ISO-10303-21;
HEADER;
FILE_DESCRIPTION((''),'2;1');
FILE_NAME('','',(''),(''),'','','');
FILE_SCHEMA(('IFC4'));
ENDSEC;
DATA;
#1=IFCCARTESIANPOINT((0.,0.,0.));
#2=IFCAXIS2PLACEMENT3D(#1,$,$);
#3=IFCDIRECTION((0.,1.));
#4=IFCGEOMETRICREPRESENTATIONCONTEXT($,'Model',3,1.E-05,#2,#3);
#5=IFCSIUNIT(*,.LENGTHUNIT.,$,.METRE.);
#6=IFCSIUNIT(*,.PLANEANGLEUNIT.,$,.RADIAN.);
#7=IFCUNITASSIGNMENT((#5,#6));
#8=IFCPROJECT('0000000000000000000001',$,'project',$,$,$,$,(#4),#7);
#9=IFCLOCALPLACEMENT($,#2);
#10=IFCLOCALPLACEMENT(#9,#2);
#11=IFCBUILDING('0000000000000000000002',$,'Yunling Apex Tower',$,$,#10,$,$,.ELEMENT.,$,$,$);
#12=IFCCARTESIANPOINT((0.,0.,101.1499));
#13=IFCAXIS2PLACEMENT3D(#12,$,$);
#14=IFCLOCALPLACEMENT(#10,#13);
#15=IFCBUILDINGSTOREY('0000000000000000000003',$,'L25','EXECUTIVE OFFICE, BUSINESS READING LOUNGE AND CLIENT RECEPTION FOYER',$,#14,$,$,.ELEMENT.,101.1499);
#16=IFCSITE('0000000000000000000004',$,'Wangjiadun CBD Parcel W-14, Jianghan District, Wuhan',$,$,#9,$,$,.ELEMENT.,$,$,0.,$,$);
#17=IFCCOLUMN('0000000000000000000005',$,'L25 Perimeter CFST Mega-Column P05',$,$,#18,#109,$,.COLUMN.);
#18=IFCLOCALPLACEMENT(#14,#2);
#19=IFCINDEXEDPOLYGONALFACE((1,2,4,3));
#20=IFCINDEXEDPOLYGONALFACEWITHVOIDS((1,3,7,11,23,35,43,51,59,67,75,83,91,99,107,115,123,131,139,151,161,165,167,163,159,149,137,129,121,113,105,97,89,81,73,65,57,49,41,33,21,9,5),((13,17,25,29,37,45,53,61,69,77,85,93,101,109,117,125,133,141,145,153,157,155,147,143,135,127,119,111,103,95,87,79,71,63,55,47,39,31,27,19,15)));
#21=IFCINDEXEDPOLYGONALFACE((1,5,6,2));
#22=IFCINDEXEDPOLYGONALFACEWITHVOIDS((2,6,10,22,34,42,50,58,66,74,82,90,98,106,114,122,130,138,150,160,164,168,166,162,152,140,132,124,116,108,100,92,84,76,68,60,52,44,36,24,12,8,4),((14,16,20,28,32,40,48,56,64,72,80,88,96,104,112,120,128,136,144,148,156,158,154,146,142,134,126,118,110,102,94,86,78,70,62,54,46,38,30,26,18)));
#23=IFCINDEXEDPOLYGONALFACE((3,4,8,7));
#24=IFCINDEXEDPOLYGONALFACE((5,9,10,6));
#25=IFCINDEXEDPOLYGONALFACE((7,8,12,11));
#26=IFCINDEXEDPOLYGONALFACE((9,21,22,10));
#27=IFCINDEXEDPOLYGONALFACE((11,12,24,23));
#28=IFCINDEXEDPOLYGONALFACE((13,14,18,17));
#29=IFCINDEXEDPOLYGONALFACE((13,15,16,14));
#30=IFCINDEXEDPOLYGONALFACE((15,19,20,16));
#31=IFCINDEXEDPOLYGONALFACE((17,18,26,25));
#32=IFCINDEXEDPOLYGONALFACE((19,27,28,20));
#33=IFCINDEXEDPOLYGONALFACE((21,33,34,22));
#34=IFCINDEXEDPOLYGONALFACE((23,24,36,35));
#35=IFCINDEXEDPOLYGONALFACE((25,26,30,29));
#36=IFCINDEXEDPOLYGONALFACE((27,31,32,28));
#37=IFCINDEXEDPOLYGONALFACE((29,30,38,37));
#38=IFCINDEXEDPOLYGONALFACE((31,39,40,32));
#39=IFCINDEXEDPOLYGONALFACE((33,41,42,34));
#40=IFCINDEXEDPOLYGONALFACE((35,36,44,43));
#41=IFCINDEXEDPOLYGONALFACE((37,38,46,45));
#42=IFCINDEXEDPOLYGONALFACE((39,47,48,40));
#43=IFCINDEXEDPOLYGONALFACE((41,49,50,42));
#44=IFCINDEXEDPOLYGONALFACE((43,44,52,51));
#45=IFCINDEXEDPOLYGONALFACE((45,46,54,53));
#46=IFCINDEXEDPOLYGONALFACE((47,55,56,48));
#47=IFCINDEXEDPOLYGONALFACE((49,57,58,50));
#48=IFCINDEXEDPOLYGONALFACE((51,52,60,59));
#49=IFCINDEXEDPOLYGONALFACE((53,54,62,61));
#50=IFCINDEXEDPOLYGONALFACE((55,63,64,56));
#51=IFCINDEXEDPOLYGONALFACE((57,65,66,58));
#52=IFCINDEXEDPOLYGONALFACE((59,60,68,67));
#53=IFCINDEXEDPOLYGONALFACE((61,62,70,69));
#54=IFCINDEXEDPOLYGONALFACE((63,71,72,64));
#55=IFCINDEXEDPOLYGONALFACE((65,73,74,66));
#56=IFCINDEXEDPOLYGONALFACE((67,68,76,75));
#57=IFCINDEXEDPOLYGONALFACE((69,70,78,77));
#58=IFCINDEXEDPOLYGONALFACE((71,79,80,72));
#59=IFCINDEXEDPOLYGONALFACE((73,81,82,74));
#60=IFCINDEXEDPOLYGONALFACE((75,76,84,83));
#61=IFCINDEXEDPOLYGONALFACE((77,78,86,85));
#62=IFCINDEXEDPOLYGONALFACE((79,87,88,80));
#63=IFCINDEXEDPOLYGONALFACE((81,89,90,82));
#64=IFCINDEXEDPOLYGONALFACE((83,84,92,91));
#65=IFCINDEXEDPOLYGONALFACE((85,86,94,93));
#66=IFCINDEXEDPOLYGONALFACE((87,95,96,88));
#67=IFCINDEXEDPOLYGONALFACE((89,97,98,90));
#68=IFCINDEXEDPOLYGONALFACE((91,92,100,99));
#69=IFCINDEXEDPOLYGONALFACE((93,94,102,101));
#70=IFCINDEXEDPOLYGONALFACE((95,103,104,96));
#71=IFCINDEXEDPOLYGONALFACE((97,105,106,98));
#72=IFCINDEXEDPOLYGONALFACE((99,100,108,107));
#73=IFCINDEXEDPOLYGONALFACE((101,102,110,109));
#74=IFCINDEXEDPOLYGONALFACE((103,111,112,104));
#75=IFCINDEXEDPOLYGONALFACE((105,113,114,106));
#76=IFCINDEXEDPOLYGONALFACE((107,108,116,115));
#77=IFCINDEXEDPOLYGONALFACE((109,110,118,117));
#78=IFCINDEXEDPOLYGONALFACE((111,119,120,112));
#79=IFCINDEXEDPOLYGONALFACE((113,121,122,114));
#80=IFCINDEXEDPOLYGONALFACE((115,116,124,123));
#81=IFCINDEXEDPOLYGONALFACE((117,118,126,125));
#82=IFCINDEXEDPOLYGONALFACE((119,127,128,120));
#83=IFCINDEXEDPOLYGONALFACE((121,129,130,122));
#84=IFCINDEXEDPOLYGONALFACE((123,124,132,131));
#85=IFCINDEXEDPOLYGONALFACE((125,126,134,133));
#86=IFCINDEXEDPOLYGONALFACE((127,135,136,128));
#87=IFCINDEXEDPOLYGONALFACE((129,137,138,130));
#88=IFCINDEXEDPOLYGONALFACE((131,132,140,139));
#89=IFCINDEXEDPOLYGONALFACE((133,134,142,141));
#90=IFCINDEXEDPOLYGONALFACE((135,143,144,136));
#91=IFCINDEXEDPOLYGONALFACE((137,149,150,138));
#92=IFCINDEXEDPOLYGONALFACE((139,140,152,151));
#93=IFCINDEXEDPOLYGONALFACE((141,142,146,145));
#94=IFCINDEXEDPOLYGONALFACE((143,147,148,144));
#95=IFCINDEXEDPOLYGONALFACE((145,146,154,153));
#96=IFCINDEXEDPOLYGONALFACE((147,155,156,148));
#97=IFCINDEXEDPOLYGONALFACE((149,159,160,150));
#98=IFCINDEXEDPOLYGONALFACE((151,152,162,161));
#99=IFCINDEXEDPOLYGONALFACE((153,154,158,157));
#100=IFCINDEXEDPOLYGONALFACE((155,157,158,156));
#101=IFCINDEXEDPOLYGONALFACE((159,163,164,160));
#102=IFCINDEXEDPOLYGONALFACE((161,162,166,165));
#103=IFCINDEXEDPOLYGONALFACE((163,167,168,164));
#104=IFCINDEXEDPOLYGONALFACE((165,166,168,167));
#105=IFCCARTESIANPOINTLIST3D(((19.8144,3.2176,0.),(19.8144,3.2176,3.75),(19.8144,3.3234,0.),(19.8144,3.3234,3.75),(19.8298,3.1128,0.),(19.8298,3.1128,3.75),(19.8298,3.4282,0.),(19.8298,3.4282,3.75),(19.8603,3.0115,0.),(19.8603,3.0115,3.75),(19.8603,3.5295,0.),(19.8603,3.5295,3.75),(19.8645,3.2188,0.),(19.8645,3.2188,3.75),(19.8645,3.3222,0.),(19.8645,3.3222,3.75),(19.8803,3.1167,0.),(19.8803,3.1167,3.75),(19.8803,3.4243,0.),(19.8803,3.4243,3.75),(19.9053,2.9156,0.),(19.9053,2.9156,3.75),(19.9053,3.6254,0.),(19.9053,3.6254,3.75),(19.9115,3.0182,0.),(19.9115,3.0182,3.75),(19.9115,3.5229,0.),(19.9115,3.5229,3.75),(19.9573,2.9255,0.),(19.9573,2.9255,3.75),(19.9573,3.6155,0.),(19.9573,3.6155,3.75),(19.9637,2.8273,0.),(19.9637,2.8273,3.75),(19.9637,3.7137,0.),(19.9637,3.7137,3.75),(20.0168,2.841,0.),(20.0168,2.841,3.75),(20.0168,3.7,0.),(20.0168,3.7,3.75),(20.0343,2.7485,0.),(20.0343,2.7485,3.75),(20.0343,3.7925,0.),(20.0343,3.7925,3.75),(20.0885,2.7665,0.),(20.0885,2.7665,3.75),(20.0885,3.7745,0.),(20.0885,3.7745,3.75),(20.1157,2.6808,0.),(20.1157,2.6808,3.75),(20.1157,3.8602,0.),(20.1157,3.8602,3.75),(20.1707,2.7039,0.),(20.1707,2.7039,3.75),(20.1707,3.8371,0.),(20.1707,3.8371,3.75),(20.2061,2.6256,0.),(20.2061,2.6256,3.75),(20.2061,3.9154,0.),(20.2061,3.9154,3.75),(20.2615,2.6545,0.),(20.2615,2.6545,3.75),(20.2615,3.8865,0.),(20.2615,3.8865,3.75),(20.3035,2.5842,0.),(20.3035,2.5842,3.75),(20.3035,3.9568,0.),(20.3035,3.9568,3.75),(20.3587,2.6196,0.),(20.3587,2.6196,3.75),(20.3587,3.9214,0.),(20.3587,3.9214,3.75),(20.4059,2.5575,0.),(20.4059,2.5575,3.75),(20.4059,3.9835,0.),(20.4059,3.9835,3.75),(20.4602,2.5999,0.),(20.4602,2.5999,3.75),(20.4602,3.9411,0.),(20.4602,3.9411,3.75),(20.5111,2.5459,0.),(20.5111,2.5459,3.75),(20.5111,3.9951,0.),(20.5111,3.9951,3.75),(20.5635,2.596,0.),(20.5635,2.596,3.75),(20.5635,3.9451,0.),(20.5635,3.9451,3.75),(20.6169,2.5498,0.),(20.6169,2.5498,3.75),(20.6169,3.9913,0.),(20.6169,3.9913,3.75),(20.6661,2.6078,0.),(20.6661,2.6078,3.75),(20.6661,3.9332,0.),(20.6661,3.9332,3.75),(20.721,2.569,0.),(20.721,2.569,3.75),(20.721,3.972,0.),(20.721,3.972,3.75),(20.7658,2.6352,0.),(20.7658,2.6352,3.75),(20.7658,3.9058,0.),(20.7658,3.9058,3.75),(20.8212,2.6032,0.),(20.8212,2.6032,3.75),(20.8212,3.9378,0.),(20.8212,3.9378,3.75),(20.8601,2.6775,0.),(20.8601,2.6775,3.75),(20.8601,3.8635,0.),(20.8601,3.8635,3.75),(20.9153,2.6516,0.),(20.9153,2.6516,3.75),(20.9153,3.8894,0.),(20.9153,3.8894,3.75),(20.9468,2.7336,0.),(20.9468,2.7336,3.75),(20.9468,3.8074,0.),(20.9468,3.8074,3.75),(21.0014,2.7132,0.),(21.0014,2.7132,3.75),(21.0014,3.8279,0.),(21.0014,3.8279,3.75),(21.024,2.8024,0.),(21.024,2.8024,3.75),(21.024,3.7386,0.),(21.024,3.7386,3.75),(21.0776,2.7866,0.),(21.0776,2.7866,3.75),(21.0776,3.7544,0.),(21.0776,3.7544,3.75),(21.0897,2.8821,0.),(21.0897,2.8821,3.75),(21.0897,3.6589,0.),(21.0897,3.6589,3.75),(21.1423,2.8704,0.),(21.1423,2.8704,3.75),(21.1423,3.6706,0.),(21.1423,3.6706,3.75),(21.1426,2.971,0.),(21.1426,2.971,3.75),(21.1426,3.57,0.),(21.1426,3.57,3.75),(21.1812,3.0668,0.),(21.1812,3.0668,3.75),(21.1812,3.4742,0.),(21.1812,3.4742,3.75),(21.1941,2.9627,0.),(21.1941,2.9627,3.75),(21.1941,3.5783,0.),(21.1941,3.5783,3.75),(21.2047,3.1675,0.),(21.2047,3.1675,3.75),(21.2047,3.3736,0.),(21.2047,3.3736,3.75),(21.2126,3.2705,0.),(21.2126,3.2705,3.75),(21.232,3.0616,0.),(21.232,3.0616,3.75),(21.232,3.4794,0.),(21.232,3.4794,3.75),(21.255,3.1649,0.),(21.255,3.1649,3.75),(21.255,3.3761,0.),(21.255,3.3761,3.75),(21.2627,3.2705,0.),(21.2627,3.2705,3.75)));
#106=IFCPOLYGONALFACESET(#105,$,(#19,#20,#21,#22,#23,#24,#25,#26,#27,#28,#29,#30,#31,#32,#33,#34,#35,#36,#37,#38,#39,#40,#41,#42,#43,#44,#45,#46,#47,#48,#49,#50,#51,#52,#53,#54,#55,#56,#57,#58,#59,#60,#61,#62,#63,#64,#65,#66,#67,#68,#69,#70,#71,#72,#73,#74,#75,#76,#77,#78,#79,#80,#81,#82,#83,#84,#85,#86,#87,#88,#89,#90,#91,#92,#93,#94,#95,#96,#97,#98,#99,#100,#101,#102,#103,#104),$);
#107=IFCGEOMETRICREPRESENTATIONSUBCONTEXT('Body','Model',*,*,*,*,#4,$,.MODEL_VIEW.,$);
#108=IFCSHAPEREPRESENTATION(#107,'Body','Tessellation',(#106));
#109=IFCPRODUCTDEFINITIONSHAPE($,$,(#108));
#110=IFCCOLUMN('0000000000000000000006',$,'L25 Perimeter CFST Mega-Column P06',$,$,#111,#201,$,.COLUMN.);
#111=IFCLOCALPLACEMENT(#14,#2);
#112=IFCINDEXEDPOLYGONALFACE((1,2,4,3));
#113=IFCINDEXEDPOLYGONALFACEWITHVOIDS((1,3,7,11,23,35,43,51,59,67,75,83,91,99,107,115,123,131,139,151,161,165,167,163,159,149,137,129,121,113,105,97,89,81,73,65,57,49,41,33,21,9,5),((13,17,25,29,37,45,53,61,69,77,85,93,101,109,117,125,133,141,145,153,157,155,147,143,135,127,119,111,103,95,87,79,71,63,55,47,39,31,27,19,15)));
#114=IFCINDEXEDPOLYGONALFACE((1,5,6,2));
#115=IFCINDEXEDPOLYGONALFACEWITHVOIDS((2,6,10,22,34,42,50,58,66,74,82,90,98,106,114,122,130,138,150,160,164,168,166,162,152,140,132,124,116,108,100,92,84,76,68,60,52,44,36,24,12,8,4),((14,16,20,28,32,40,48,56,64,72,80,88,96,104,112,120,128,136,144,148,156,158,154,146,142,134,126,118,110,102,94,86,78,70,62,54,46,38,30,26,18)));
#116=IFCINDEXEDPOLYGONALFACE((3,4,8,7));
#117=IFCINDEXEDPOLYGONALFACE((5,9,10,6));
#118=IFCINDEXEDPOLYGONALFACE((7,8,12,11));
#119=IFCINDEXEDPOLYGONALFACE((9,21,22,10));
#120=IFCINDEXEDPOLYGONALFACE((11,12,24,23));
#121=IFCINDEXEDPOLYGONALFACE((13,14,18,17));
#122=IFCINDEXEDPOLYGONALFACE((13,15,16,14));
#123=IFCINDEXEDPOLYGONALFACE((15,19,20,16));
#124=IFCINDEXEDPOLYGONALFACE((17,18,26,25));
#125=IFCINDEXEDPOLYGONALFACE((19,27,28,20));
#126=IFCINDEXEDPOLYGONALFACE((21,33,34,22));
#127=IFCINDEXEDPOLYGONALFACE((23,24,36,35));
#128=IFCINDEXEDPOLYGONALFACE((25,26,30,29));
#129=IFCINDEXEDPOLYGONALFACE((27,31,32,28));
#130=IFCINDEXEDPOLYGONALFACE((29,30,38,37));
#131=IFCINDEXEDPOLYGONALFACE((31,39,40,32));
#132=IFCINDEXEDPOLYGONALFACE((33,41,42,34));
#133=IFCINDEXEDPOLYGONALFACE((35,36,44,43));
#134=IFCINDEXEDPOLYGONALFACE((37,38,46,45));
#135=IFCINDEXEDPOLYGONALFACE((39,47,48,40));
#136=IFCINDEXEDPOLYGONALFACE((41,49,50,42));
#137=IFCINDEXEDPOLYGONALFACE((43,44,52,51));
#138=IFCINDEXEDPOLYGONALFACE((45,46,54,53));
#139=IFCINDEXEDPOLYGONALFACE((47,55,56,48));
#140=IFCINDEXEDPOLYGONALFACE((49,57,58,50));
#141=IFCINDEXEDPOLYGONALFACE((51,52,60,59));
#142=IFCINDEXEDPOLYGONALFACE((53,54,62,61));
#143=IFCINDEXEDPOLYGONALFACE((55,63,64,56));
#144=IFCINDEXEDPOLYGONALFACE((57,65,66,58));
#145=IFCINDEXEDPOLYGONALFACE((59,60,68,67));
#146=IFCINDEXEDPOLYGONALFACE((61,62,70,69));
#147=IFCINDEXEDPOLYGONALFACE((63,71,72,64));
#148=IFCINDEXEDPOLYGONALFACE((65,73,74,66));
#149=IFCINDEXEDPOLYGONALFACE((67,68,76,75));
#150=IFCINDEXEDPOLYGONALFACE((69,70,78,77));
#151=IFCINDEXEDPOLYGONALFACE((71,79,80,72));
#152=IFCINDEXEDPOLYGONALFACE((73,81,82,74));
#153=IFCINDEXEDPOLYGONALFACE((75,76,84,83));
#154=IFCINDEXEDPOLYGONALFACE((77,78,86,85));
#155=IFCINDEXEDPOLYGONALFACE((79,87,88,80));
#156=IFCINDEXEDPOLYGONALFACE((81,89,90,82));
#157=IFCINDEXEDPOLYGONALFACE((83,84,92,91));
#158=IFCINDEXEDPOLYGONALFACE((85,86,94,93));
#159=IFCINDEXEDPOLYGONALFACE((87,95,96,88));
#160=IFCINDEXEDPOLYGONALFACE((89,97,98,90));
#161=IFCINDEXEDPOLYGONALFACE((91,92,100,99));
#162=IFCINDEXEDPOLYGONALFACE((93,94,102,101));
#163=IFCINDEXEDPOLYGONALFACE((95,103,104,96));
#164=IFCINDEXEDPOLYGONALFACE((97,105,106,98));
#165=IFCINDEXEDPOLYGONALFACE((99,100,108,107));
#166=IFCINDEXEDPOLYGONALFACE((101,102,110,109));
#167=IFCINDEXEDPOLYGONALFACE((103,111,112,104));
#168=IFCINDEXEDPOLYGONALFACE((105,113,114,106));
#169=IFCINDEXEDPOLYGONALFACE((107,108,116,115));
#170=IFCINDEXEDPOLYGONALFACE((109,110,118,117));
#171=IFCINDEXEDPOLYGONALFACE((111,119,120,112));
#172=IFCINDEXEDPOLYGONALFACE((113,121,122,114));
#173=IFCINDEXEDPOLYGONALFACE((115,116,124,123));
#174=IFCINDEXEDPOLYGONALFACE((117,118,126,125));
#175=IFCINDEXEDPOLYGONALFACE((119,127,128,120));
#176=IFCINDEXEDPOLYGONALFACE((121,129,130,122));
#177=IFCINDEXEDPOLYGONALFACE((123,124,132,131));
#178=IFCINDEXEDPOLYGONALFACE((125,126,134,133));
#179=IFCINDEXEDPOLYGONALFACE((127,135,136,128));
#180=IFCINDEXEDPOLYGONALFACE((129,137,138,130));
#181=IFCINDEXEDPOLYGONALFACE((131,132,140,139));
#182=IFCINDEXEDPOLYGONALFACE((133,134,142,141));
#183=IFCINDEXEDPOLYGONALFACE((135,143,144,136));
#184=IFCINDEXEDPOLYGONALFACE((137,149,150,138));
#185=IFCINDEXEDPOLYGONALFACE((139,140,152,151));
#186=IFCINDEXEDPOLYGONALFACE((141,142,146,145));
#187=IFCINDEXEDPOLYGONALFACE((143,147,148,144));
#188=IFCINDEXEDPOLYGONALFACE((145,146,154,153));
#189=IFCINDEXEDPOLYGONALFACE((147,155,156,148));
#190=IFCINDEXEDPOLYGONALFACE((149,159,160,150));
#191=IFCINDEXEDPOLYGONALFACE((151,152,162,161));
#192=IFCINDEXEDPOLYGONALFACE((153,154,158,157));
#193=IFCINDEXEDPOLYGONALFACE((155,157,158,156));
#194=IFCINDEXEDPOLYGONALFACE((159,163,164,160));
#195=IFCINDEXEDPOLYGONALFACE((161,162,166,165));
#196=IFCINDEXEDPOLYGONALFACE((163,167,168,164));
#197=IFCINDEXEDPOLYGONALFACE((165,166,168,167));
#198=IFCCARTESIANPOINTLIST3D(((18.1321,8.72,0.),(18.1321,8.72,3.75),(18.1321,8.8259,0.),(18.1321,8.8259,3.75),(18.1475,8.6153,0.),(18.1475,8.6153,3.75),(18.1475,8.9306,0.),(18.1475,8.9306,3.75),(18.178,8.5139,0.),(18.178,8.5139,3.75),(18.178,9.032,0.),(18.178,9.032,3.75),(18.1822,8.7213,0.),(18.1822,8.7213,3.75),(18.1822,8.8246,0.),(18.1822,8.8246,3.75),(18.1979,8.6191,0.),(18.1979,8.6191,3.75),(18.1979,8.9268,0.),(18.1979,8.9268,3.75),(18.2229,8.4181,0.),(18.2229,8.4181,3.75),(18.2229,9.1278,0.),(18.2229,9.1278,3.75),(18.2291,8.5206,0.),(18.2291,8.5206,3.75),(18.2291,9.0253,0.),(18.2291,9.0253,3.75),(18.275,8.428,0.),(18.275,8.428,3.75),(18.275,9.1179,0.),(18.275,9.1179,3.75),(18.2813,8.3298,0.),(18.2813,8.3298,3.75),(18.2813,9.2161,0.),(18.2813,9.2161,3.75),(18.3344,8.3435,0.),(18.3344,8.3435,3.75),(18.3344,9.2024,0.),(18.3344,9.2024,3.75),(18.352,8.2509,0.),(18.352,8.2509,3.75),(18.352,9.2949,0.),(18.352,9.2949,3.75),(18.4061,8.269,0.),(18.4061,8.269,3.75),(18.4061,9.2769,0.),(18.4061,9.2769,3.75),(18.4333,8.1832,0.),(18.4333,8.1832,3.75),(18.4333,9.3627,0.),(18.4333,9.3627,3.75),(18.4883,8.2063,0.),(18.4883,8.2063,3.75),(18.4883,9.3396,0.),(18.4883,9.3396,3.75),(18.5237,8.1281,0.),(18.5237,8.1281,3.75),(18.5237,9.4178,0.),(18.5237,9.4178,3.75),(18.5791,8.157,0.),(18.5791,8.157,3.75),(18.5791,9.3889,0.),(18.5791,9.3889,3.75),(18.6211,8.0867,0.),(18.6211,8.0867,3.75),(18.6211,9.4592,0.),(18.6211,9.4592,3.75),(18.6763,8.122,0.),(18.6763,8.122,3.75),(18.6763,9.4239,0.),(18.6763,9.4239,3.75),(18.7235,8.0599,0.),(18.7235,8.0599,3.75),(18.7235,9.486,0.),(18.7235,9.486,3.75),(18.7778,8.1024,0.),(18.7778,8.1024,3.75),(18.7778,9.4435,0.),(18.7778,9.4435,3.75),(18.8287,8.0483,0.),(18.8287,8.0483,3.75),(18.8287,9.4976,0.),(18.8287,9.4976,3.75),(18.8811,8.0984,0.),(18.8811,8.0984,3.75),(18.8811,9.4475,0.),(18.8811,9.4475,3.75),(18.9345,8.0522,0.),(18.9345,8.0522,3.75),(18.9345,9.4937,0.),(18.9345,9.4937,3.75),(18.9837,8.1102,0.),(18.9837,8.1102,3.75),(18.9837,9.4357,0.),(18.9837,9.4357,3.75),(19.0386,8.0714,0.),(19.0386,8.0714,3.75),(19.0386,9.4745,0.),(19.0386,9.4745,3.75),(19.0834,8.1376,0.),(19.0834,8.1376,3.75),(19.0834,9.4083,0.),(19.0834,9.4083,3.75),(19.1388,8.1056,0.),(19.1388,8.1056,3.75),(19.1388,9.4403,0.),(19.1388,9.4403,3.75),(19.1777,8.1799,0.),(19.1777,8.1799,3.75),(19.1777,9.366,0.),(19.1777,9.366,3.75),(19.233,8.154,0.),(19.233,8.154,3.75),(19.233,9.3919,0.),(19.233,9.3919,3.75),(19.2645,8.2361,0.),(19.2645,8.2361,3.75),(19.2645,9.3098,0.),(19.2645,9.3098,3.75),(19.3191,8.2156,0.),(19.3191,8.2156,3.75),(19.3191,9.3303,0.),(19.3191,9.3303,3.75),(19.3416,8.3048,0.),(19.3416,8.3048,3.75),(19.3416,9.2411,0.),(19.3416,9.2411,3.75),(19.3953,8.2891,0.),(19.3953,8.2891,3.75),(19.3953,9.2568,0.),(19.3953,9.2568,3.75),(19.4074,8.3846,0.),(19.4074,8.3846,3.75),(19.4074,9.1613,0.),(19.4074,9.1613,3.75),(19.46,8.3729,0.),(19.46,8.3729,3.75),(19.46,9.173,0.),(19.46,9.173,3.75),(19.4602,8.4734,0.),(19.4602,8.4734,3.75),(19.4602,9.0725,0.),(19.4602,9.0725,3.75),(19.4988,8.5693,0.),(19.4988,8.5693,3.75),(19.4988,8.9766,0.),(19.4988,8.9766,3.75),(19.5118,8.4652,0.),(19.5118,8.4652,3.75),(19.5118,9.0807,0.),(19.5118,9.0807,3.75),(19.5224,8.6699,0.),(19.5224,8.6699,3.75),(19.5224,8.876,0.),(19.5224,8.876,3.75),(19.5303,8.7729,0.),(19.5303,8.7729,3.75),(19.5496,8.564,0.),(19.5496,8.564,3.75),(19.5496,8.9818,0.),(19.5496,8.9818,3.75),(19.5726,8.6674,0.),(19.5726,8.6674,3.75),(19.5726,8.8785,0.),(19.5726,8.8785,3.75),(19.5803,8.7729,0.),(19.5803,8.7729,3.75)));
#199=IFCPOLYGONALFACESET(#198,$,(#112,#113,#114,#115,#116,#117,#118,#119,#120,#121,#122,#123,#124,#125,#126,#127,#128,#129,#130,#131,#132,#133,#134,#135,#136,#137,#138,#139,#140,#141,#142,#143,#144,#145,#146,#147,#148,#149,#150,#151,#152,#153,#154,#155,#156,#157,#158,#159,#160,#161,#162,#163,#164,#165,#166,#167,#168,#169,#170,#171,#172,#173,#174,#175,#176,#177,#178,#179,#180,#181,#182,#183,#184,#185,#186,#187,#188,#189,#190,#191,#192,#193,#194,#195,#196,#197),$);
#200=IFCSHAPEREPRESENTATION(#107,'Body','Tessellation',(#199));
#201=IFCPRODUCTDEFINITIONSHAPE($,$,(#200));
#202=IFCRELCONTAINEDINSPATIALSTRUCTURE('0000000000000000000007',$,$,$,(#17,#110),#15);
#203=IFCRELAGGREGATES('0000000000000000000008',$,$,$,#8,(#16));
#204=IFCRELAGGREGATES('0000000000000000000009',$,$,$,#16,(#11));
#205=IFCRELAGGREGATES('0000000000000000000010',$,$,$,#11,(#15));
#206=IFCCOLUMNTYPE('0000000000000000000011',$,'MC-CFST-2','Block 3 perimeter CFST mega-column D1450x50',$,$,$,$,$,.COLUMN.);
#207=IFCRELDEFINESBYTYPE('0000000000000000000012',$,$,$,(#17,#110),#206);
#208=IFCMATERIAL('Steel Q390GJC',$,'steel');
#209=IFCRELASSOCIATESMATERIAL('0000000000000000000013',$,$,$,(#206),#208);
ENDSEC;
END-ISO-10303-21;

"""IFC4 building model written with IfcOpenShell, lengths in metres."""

from ifc_helpers import new_model, si_unit, direction, frame, origin, origin_2d, place, context, subcontext, project, spatial, hollow_circle, extrude, source, transform, mapped, material, material_profile, profile_set, type_object, element, save


model = new_model("IFC4")

# Units and contexts
model_context = context("Model", 3, precision=1e-05, world=origin(), true_north=direction((0.0, 1.0)))
body_context = subcontext(model_context, "Body", "Model", "MODEL_VIEW")
ifc_project = project(units=[si_unit("LENGTHUNIT", "METRE"), si_unit("PLANEANGLEUNIT", "RADIAN")], contexts=[model_context])

# Site, building, storey
site_placement = place(None, origin())
site = spatial("IfcSite", under=ifc_project, at=site_placement, Name="Wangjiadun CBD Parcel W-14, Jianghan District, Wuhan", CompositionType="ELEMENT", RefElevation=0.0)
building_placement = place(site_placement, origin())
building = spatial("IfcBuilding", under=site, at=building_placement, Name="Yunling Apex Tower", CompositionType="ELEMENT")
storey_placement = place(building_placement, frame((0.0, 0.0, 101.1499)))
storey = spatial("IfcBuildingStorey", under=building, at=storey_placement, Name="L25", Description="EXECUTIVE OFFICE, BUSINESS READING LOUNGE AND CLIENT RECEPTION FOYER", CompositionType="ELEMENT", Elevation=101.1499)

# Columns
ifc_material_1 = material(Name="Steel Q390GJC", Category="steel")
ifc_material_profile_1 = material_profile(ifc_material_1, hollow_circle(Radius=0.7251, WallThickness=0.05, at=origin_2d()))
ifc_profile_set_1 = profile_set([ifc_material_profile_1], Name="Steel Q390GJC")
column_type = type_object("IfcColumnType", Name="MC-CFST-2", Description="Block 3 perimeter CFST mega-column D1450x50", PredefinedType="COLUMN", material=ifc_profile_set_1)
shared_shape_1 = source(origin(), body_context, "Body", "SweptSolid", [
    extrude(hollow_circle(Radius=0.7251, WallThickness=0.05, at=origin_2d()), origin(), (0.0, 0.0, 1.0), 3.75),
])
for number, where, z_axis, x_axis, name in (
    (1, (20.5376, 3.2705, 0.0), (0.0, 0.0, 1.0), (1.0, 0.0, 0.0), "L25 Perimeter CFST Mega-Column P05"),
    (2, (18.8552, 8.7729, 0.0), (0.0, 0.0, 1.0), (1.0, 0.0, 0.0), "L25 Perimeter CFST Mega-Column P06"),
):
    element("IfcColumn", number, at=place(storey_placement, frame(where, z_axis=z_axis, x_axis=x_axis)), inside=storey, type_object=column_type, Name=name, PredefinedType="COLUMN", context=body_context, shape_type="MappedRepresentation", body=[
        mapped(shared_shape_1, transform((0.0, 0.0, 0.0), scale=1.0)),
    ])

save(model, "model.ifc")
